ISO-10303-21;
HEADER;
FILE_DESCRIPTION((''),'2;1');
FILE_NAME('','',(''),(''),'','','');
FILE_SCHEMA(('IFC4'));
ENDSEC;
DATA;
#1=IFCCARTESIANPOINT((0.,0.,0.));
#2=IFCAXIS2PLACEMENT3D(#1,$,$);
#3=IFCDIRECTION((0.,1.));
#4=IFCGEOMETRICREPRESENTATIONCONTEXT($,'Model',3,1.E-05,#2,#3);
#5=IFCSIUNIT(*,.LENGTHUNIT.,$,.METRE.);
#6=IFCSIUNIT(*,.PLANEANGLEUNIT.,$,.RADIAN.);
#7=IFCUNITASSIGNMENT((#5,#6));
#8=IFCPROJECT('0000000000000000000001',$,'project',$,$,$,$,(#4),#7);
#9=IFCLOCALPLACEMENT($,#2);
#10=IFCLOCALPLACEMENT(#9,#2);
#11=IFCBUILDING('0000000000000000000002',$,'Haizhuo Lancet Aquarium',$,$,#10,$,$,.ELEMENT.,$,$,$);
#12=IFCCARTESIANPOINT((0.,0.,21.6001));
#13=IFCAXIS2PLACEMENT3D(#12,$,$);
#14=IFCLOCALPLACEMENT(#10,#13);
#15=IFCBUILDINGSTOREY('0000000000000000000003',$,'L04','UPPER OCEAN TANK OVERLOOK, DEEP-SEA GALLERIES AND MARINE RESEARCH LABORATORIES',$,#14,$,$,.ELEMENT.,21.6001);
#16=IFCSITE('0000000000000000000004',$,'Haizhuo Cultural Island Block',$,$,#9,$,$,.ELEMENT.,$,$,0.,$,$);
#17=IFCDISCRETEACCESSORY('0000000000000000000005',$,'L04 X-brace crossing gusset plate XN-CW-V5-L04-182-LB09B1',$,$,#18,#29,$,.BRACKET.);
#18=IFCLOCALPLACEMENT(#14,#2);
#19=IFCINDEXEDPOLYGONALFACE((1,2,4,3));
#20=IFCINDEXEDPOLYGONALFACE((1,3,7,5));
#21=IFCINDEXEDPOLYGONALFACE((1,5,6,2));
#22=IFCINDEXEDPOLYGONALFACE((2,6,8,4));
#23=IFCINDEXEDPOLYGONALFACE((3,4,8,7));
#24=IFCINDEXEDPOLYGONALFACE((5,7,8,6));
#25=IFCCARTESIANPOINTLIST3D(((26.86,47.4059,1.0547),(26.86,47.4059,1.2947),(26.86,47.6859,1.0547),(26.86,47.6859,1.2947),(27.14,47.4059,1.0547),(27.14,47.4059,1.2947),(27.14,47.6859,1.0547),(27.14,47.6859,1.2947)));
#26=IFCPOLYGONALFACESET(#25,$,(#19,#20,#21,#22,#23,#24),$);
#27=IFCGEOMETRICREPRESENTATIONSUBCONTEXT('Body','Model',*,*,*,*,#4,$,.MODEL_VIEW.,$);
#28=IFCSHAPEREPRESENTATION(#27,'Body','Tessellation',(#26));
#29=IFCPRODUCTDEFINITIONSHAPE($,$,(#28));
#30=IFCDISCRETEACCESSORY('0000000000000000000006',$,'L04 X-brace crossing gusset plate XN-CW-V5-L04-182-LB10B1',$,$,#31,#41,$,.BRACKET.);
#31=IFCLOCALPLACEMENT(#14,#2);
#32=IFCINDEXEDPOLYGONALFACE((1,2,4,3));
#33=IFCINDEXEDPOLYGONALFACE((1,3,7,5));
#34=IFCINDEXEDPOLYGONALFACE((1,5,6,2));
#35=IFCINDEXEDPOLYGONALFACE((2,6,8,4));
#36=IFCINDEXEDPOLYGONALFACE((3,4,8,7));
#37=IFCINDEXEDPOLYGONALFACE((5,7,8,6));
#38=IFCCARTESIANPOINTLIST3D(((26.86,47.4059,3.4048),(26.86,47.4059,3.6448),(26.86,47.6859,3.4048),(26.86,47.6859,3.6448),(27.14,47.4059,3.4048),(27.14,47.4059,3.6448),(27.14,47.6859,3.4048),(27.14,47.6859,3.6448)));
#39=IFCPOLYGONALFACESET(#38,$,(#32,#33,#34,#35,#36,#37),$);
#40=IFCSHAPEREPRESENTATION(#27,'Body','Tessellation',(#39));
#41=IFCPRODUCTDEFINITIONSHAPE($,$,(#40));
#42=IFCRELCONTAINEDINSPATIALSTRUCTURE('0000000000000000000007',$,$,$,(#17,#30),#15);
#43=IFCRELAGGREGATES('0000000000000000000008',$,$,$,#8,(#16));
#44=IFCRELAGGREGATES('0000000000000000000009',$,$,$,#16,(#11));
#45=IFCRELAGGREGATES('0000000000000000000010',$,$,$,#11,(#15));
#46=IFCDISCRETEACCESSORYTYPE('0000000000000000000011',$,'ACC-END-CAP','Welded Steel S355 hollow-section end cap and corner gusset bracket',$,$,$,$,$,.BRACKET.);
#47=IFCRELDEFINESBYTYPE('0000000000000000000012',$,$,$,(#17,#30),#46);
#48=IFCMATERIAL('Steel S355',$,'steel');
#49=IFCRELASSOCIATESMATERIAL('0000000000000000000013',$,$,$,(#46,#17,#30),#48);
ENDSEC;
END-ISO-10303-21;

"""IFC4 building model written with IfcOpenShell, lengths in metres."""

from ifc_helpers import new_model, si_unit, direction, frame, origin, origin_2d, place, context, subcontext, project, spatial, rectangle, extrude, material, type_object, element, save


model = new_model("IFC4")

# Units and contexts
model_context = context("Model", 3, precision=1e-05, world=origin(), true_north=direction((0.0, 1.0)))
body_context = subcontext(model_context, "Body", "Model", "MODEL_VIEW")
ifc_project = project(units=[si_unit("LENGTHUNIT", "METRE"), si_unit("PLANEANGLEUNIT", "RADIAN")], contexts=[model_context])

# Site, building, storey
site_placement = place(None, origin())
site = spatial("IfcSite", under=ifc_project, at=site_placement, Name="Haizhuo Cultural Island Block", CompositionType="ELEMENT", RefElevation=0.0)
building_placement = place(site_placement, origin())
building = spatial("IfcBuilding", under=site, at=building_placement, Name="Haizhuo Lancet Aquarium", CompositionType="ELEMENT")
storey_placement = place(building_placement, frame((0.0, 0.0, 21.6001)))
storey = spatial("IfcBuildingStorey", under=building, at=storey_placement, Name="L04", Description="UPPER OCEAN TANK OVERLOOK, DEEP-SEA GALLERIES AND MARINE RESEARCH LABORATORIES", CompositionType="ELEMENT", Elevation=21.6001)

# Shared definitions
ifc_material_1 = material(Name="Steel S355", Category="steel")

# Discrete accessories
discrete_accessory_type = type_object("IfcDiscreteAccessoryType", Name="ACC-END-CAP", Description="Welded Steel S355 hollow-section end cap and corner gusset bracket", PredefinedType="BRACKET", material=ifc_material_1)
for number, where, z_axis, x_axis, name in (
    (1, (27.0, 47.5459, 1.0547), (0.0, 0.0, 1.0), (1.0, 0.0, 0.0), "L04 X-brace crossing gusset plate XN-CW-V5-L04-182-LB09B1"),
    (2, (27.0, 47.5459, 3.4048), (0.0, 0.0, 1.0), (1.0, 0.0, 0.0), "L04 X-brace crossing gusset plate XN-CW-V5-L04-182-LB10B1"),
):
    element("IfcDiscreteAccessory", number, at=place(storey_placement, frame(where, z_axis=z_axis, x_axis=x_axis)), inside=storey, type_object=discrete_accessory_type, material=ifc_material_1, Name=name, PredefinedType="BRACKET", context=body_context, shape_type="SweptSolid", body=[
        extrude(rectangle(XDim=0.28, YDim=0.28, at=origin_2d()), origin(), (0.0, 0.0, 1.0), 0.24),
    ])

save(model, "model.ifc")
